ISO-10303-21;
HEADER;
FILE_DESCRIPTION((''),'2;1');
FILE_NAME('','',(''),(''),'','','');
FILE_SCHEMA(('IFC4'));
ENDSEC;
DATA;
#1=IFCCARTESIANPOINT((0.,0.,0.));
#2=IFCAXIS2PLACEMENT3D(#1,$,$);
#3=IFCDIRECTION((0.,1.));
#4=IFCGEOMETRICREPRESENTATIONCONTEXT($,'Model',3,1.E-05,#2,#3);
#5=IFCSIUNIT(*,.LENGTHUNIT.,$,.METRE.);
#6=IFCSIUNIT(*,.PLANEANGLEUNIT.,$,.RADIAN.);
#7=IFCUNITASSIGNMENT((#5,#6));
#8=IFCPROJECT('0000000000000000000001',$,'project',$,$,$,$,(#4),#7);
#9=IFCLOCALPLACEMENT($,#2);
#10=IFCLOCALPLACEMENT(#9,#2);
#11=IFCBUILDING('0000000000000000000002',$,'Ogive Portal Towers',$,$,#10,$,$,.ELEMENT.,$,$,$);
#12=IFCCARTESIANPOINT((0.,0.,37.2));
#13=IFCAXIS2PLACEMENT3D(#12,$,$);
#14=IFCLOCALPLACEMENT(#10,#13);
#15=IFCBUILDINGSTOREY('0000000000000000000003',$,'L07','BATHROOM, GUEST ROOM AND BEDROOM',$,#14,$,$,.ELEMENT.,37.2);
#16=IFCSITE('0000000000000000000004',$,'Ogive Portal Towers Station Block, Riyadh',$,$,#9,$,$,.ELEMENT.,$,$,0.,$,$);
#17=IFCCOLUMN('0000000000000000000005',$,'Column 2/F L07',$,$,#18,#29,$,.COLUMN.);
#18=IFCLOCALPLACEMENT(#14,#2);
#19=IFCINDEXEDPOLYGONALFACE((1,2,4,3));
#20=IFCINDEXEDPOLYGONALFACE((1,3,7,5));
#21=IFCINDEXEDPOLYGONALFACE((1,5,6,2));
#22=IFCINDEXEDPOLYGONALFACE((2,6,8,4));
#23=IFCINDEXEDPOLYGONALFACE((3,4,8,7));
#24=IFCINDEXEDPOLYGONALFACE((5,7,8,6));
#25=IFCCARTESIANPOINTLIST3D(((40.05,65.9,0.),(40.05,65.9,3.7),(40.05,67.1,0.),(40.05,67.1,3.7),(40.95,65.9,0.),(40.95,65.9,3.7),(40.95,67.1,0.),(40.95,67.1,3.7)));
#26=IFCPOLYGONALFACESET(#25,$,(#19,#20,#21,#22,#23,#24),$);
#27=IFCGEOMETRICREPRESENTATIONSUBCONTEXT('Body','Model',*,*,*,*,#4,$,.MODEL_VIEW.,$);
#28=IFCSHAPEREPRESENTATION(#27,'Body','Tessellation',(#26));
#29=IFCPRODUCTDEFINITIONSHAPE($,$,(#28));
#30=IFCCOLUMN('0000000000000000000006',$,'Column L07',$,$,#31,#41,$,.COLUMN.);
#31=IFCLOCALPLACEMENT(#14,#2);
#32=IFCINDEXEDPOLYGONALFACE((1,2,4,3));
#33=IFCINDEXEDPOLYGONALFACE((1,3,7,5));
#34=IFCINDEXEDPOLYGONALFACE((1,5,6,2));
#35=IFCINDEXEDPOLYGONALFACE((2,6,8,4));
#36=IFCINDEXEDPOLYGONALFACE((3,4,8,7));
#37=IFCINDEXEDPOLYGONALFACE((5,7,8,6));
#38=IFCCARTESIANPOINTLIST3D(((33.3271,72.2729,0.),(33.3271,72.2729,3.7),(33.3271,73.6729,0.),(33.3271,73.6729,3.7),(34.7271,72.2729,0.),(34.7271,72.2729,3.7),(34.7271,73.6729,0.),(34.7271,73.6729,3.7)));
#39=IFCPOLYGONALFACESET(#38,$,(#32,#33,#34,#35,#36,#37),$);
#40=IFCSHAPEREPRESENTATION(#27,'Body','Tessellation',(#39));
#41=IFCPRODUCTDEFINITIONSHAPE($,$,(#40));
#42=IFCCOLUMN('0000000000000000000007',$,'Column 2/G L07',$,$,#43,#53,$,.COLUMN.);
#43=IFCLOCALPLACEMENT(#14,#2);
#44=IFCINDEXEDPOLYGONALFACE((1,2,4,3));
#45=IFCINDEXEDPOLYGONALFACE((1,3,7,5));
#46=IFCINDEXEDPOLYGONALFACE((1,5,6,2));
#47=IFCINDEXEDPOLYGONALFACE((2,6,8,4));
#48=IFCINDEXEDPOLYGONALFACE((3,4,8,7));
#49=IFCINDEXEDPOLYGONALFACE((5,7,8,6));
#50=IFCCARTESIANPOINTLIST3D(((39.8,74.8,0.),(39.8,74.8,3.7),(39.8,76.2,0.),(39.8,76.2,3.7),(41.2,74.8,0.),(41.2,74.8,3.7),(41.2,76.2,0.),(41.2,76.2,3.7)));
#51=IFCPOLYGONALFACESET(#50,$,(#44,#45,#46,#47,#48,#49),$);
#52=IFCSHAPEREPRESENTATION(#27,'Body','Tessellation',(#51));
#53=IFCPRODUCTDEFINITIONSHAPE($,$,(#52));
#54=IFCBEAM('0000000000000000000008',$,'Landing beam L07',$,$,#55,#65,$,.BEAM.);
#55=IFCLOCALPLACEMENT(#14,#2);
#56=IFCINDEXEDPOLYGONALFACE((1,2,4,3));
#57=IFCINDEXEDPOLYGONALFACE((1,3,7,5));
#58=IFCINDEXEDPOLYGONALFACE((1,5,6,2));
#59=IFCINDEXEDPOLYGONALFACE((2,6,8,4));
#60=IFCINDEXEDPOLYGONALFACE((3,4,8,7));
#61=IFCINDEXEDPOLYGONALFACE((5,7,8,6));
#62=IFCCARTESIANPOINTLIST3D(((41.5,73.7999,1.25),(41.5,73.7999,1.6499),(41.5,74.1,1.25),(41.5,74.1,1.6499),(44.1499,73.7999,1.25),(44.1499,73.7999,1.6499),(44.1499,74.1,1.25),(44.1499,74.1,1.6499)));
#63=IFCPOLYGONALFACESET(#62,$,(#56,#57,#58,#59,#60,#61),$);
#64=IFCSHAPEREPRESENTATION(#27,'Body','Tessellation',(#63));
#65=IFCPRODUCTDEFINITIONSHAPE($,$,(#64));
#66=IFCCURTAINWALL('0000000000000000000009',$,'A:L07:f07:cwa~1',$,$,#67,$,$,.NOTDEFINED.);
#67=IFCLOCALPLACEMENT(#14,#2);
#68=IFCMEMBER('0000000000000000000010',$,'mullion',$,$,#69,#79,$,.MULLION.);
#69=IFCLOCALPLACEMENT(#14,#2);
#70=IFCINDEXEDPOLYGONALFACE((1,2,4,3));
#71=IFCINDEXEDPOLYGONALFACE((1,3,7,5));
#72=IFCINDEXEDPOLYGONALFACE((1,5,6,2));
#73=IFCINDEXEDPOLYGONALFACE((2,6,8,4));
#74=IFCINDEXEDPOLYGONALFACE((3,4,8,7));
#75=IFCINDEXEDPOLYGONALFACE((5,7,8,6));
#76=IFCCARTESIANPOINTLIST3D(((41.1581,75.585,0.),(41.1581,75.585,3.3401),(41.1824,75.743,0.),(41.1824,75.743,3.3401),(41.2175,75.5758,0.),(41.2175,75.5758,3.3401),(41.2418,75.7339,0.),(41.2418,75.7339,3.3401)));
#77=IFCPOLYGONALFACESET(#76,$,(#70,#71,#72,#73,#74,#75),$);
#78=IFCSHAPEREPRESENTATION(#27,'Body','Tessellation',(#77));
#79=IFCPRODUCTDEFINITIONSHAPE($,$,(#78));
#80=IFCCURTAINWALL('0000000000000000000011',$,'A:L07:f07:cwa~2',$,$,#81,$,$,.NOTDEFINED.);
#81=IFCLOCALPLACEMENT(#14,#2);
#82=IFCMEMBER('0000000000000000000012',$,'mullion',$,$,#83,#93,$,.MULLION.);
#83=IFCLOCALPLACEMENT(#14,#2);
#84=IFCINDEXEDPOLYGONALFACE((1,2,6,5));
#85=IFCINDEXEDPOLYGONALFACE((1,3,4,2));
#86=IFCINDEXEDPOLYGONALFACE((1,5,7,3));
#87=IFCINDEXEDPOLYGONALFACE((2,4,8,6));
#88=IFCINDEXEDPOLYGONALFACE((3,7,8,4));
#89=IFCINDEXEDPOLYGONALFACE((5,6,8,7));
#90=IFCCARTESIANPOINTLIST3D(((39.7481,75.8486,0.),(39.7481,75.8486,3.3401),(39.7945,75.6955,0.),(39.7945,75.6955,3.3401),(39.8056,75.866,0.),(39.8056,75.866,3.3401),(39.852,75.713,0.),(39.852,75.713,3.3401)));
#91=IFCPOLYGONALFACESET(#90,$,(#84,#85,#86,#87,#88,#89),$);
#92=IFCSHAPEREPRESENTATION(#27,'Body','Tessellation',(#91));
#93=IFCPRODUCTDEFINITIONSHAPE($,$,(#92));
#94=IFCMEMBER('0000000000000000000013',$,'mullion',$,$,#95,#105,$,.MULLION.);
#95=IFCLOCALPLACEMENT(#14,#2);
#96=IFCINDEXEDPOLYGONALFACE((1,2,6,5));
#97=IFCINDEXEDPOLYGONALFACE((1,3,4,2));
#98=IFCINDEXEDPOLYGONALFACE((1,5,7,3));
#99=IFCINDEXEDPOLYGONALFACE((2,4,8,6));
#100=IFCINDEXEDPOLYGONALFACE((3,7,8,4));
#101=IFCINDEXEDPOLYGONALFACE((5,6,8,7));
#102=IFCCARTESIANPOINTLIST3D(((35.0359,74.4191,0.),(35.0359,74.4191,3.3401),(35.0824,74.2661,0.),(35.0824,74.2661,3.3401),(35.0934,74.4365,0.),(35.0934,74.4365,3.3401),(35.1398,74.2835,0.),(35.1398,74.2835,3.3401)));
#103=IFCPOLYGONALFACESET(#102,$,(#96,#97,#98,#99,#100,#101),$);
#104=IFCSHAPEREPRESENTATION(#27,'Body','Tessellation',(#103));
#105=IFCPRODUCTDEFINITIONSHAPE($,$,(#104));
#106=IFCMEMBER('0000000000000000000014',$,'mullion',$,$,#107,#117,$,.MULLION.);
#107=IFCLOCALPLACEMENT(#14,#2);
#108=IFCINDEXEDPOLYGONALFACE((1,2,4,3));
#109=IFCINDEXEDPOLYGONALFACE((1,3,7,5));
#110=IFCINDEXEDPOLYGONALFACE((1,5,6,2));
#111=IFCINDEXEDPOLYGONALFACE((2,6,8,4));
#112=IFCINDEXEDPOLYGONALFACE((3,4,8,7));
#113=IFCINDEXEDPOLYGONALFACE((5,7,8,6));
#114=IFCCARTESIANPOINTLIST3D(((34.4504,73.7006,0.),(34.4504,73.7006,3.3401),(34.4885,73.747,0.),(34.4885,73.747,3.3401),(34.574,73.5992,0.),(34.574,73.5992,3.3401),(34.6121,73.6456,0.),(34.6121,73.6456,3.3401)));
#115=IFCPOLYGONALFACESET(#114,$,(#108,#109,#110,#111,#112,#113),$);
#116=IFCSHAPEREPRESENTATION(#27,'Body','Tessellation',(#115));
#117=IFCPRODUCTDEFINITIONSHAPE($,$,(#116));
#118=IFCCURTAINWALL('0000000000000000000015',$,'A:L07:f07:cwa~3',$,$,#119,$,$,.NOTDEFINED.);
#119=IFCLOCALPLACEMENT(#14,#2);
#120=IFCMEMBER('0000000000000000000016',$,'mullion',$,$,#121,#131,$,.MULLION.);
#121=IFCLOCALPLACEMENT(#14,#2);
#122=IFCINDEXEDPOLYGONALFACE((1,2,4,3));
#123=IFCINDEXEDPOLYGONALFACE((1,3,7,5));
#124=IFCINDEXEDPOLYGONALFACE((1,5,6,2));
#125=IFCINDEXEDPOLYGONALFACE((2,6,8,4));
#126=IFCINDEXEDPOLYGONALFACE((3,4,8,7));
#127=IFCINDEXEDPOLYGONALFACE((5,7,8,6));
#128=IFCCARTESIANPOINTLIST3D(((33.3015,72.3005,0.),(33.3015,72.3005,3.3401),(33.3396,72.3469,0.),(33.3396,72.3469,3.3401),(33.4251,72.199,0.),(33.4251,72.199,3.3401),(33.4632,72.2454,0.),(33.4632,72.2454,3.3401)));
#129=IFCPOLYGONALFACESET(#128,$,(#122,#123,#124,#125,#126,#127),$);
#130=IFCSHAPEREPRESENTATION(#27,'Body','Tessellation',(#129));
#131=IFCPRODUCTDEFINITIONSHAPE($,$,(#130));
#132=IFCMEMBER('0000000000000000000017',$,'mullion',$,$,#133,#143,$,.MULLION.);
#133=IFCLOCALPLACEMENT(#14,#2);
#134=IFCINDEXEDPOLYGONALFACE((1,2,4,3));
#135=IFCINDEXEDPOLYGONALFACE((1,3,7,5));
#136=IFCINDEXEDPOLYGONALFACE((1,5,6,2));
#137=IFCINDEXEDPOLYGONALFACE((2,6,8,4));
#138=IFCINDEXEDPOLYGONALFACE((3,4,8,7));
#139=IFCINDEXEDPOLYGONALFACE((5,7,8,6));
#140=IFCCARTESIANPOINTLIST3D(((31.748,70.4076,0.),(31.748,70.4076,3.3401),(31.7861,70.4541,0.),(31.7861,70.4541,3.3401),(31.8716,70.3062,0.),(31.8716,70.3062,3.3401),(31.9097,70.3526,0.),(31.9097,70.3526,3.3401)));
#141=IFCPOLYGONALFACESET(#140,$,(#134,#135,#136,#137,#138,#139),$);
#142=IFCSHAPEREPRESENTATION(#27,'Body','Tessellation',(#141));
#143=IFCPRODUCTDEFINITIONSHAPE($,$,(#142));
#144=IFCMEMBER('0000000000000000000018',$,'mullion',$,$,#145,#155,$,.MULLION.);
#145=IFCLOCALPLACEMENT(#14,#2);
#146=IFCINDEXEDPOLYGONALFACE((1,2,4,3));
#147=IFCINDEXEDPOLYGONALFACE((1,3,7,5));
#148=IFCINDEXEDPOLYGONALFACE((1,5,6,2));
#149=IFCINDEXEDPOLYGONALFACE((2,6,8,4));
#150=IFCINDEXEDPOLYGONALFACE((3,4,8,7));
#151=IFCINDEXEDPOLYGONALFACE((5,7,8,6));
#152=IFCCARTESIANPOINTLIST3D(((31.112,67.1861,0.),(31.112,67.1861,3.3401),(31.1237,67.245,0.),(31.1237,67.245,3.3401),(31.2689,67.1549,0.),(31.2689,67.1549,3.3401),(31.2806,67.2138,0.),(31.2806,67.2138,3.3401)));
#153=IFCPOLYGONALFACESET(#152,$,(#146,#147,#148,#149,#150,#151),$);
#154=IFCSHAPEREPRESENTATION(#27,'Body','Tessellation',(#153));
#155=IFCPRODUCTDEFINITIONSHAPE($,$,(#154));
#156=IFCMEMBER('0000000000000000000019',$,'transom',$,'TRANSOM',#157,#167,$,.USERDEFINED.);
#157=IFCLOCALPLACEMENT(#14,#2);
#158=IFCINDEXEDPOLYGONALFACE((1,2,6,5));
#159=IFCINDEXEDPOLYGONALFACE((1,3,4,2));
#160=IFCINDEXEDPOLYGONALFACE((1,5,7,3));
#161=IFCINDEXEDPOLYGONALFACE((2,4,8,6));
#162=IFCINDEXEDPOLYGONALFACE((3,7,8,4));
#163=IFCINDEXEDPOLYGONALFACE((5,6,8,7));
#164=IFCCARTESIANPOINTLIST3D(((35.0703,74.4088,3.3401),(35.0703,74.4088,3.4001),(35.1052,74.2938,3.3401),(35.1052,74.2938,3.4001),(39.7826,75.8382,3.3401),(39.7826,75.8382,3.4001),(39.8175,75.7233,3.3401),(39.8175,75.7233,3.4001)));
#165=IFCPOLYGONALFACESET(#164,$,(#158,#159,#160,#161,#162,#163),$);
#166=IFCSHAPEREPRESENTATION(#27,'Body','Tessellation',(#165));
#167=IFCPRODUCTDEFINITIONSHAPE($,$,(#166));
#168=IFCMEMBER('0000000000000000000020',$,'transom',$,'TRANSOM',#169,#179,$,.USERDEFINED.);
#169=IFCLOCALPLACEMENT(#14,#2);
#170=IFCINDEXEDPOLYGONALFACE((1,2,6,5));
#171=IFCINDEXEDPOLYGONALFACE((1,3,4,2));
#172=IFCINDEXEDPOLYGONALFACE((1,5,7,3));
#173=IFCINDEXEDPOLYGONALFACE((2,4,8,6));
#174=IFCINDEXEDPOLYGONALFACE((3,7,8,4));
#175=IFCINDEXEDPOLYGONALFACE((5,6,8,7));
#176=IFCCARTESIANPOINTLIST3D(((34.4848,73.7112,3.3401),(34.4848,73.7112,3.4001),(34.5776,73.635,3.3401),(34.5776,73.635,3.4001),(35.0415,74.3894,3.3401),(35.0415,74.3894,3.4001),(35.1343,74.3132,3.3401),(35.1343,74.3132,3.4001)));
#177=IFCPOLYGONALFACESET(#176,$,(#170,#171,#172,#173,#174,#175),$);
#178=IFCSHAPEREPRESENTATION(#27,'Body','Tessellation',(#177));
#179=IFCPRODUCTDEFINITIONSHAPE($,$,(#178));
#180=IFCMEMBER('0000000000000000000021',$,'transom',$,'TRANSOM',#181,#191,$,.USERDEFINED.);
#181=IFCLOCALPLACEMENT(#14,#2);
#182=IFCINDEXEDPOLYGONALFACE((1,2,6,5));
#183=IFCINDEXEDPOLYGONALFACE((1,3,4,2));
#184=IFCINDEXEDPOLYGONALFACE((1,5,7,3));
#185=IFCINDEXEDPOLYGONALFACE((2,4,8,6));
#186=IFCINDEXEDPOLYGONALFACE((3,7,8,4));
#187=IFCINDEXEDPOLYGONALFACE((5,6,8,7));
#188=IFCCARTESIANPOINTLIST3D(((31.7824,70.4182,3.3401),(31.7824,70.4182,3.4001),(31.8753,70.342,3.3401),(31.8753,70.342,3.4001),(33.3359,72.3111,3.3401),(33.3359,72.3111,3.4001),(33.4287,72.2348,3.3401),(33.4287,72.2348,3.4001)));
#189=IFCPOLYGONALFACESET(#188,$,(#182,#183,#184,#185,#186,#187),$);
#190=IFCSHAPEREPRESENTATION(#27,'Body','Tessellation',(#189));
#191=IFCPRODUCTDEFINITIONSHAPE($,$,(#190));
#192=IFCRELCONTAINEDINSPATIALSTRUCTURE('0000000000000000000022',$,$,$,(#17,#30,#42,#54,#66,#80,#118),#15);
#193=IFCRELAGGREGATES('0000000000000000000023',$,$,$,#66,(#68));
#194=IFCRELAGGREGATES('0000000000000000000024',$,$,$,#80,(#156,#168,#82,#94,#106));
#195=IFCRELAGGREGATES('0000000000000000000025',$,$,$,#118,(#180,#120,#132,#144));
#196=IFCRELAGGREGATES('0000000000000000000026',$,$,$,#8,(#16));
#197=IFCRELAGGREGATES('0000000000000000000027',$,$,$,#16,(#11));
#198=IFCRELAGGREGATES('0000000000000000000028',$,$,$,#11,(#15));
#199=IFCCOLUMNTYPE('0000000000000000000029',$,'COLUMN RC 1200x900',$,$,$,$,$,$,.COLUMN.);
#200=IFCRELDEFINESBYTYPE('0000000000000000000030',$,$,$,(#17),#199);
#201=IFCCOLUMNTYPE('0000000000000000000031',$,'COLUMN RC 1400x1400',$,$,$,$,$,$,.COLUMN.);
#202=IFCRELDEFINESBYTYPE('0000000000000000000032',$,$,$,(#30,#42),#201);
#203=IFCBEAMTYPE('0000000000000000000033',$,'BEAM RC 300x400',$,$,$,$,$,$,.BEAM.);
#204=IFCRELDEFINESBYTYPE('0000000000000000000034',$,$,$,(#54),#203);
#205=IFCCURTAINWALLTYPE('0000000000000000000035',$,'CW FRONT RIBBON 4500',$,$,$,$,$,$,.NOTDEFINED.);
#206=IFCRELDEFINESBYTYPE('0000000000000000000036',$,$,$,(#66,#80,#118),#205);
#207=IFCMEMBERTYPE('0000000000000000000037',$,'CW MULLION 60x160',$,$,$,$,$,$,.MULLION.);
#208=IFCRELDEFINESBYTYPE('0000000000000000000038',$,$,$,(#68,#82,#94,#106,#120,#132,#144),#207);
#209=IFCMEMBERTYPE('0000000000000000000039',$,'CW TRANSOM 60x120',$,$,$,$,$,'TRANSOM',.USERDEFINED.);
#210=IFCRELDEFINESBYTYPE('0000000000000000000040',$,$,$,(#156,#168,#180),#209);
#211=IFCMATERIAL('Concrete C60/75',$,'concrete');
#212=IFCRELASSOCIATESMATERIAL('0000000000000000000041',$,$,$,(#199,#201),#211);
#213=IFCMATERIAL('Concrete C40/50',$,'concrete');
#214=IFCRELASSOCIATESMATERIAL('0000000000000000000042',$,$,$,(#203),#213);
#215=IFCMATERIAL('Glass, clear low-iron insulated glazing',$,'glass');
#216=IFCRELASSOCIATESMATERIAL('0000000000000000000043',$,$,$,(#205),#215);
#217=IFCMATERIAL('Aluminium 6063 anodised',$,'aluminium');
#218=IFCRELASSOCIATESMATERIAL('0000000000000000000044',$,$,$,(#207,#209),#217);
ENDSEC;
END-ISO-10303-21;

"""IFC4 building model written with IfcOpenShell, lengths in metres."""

from ifc_helpers import new_model, si_unit, direction, frame, origin, origin_2d, place, context, subcontext, project, spatial, rectangle, extrude, material, material_profile, profile_set, type_object, element, aggregate, save


model = new_model("IFC4")

# Units and contexts
model_context = context("Model", 3, precision=1e-05, world=origin(), true_north=direction((0.0, 1.0)))
body_context = subcontext(model_context, "Body", "Model", "MODEL_VIEW")
ifc_project = project(units=[si_unit("LENGTHUNIT", "METRE"), si_unit("PLANEANGLEUNIT", "RADIAN")], contexts=[model_context])

# Site, building, storey
site_placement = place(None, origin())
site = spatial("IfcSite", under=ifc_project, at=site_placement, Name="Ogive Portal Towers Station Block, Riyadh", CompositionType="ELEMENT", RefElevation=0.0)
building_placement = place(site_placement, origin())
building = spatial("IfcBuilding", under=site, at=building_placement, Name="Ogive Portal Towers", CompositionType="ELEMENT")
storey_placement = place(building_placement, frame((0.0, 0.0, 37.2)))
storey = spatial("IfcBuildingStorey", under=building, at=storey_placement, Name="L07", Description="BATHROOM, GUEST ROOM AND BEDROOM", CompositionType="ELEMENT", Elevation=37.2)

# Columns
ifc_material_1 = material(Name="Concrete C60/75", Category="concrete")
ifc_material_profile_1 = material_profile(ifc_material_1, rectangle(XDim=1.2, YDim=0.8999, at=origin_2d()), Name="RC 1200x900")
ifc_profile_set_1 = profile_set([ifc_material_profile_1], Name="Concrete C60/75")
column_type_1 = type_object("IfcColumnType", Name="COLUMN RC 1200x900", PredefinedType="COLUMN", material=ifc_profile_set_1)
column_placement = place(storey_placement, frame((40.5, 66.5, 0.0), z_axis=(0.0, 0.0, 1.0), x_axis=(0.0, 1.0, 0.0)))
element("IfcColumn", 1, at=column_placement, inside=storey, type_object=column_type_1, Name="Column 2/F L07", PredefinedType="COLUMN", context=body_context, shape_type="SweptSolid", body=[
    extrude(rectangle(XDim=1.2, YDim=0.8999, at=origin_2d()), origin(), (0.0, 0.0, 1.0), 3.7),
])
ifc_material_profile_2 = material_profile(ifc_material_1, rectangle(XDim=1.3999, YDim=1.3999, at=origin_2d()), Name="RC 1400x1400")
ifc_profile_set_2 = profile_set([ifc_material_profile_2], Name="Concrete C60/75")
column_type_2 = type_object("IfcColumnType", Name="COLUMN RC 1400x1400", PredefinedType="COLUMN", material=ifc_profile_set_2)
for number, where, z_axis, x_axis, name in (
    (2, (34.0271, 72.9729, 0.0), (0.0, 0.0, 1.0), (1.0, 0.0, 0.0), "Column L07"),
    (3, (40.5, 75.5, 0.0), (0.0, 0.0, 1.0), (1.0, 0.0, 0.0), "Column 2/G L07"),
):
    element("IfcColumn", number, at=place(storey_placement, frame(where, z_axis=z_axis, x_axis=x_axis)), inside=storey, type_object=column_type_2, Name=name, PredefinedType="COLUMN", context=body_context, shape_type="SweptSolid", body=[
        extrude(rectangle(XDim=1.3999, YDim=1.3999, at=origin_2d()), origin(), (0.0, 0.0, 1.0), 3.7),
    ])

# Beam
ifc_material_2 = material(Name="Concrete C40/50", Category="concrete")
ifc_material_profile_3 = material_profile(ifc_material_2, rectangle(XDim=0.3, YDim=0.3999, at=origin_2d()), Name="RC 300x400")
ifc_profile_set_3 = profile_set([ifc_material_profile_3], Name="Concrete C40/50")
beam_type = type_object("IfcBeamType", Name="BEAM RC 300x400", PredefinedType="BEAM", material=ifc_profile_set_3)
beam_placement = place(storey_placement, frame((41.5, 73.95, 1.45), z_axis=(1.0, 0.0, 0.0), x_axis=(0.0, 1.0, 0.0)))
element("IfcBeam", 4, at=beam_placement, inside=storey, type_object=beam_type, Name="Landing beam L07", PredefinedType="BEAM", context=body_context, shape_type="SweptSolid", body=[
    extrude(rectangle(XDim=0.3, YDim=0.3999, at=origin_2d()), origin(), (0.0, 0.0, 1.0), 2.6499),
])

# Curtain wall, member
ifc_material_3 = material(Name="Glass, clear low-iron insulated glazing", Category="glass")
curtain_wall_type = type_object("IfcCurtainWallType", Name="CW FRONT RIBBON 4500", PredefinedType="NOTDEFINED", material=ifc_material_3)
curtain_wall_1_placement = place(storey_placement, origin())
curtain_wall_1 = element("IfcCurtainWall", 5, at=curtain_wall_1_placement, inside=storey, type_object=curtain_wall_type, Name="A:L07:f07:cwa~1", PredefinedType="NOTDEFINED")
ifc_material_4 = material(Name="Aluminium 6063 anodised", Category="aluminium")
ifc_material_profile_4 = material_profile(ifc_material_4, rectangle(XDim=0.1599, YDim=0.0601, at=origin_2d()), Name="AL 60x160")
ifc_profile_set_4 = profile_set([ifc_material_profile_4], Name="Aluminium 6063 anodised")
member_type_1 = type_object("IfcMemberType", Name="CW MULLION 60x160", PredefinedType="MULLION", material=ifc_profile_set_4)
member_1_placement = place(storey_placement, frame((41.2, 75.6594, 0.0), z_axis=(0.0, 0.0, 1.0), x_axis=(-0.152074, -0.988369, 0.0)))
member_1 = element("IfcMember", 6, at=member_1_placement, type_object=member_type_1, Name="mullion", PredefinedType="MULLION", context=body_context, shape_type="SweptSolid", body=[
    extrude(rectangle(XDim=0.1599, YDim=0.0601, at=origin_2d()), origin(), (0.0, 0.0, 1.0), 3.3401),
])

# Curtain walls, members
curtain_wall_2_placement = place(storey_placement, origin())
curtain_wall_2 = element("IfcCurtainWall", 7, at=curtain_wall_2_placement, inside=storey, type_object=curtain_wall_type, Name="A:L07:f07:cwa~2", PredefinedType="NOTDEFINED")
member_2_placement = place(storey_placement, frame((39.8, 75.7808, 0.0), z_axis=(0.0, 0.0, 1.0), x_axis=(0.290285, -0.95694, 0.0)))
member_2 = element("IfcMember", 8, at=member_2_placement, type_object=member_type_1, Name="mullion", PredefinedType="MULLION", context=body_context, shape_type="SweptSolid", body=[
    extrude(rectangle(XDim=0.1599, YDim=0.0601, at=origin_2d()), origin(), (0.0, 0.0, 1.0), 3.3401),
])
member_3_placement = place(storey_placement, frame((35.0879, 74.3513, 0.0), z_axis=(0.0, 0.0, 1.0), x_axis=(0.290285, -0.95694, 0.0)))
member_3 = element("IfcMember", 9, at=member_3_placement, type_object=member_type_1, Name="mullion", PredefinedType="MULLION", context=body_context, shape_type="SweptSolid", body=[
    extrude(rectangle(XDim=0.1599, YDim=0.0601, at=origin_2d()), origin(), (0.0, 0.0, 1.0), 3.3401),
])
member_4_placement = place(storey_placement, frame((34.5312, 73.6731, 0.0), z_axis=(0.0, 0.0, 1.0), x_axis=(0.77301, -0.634393, 0.0)))
member_4 = element("IfcMember", 10, at=member_4_placement, type_object=member_type_1, Name="mullion", PredefinedType="MULLION", context=body_context, shape_type="SweptSolid", body=[
    extrude(rectangle(XDim=0.1599, YDim=0.0601, at=origin_2d()), origin(), (0.0, 0.0, 1.0), 3.3401),
])
curtain_wall_3_placement = place(storey_placement, origin())
curtain_wall_3 = element("IfcCurtainWall", 11, at=curtain_wall_3_placement, inside=storey, type_object=curtain_wall_type, Name="A:L07:f07:cwa~3", PredefinedType="NOTDEFINED")
member_5_placement = place(storey_placement, frame((33.3823, 72.2729, 0.0), z_axis=(0.0, 0.0, 1.0), x_axis=(0.77301, -0.634393, 0.0)))
member_5 = element("IfcMember", 12, at=member_5_placement, type_object=member_type_1, Name="mullion", PredefinedType="MULLION", context=body_context, shape_type="SweptSolid", body=[
    extrude(rectangle(XDim=0.1599, YDim=0.0601, at=origin_2d()), origin(), (0.0, 0.0, 1.0), 3.3401),
])
member_6_placement = place(storey_placement, frame((31.8289, 70.3801, 0.0), z_axis=(0.0, 0.0, 1.0), x_axis=(0.77301, -0.634393, 0.0)))
member_6 = element("IfcMember", 13, at=member_6_placement, type_object=member_type_1, Name="mullion", PredefinedType="MULLION", context=body_context, shape_type="SweptSolid", body=[
    extrude(rectangle(XDim=0.1599, YDim=0.0601, at=origin_2d()), origin(), (0.0, 0.0, 1.0), 3.3401),
])
member_7_placement = place(storey_placement, frame((31.1963, 67.2, 0.0), z_axis=(0.0, 0.0, 1.0), x_axis=(0.980785, -0.19509, 0.0)))
member_7 = element("IfcMember", 14, at=member_7_placement, type_object=member_type_1, Name="mullion", PredefinedType="MULLION", context=body_context, shape_type="SweptSolid", body=[
    extrude(rectangle(XDim=0.1599, YDim=0.0601, at=origin_2d()), origin(), (0.0, 0.0, 1.0), 3.3401),
])

# Members
ifc_material_profile_5 = material_profile(ifc_material_4, rectangle(XDim=0.1201, YDim=0.0601, at=origin_2d()), Name="AL 120x60")
ifc_profile_set_5 = profile_set([ifc_material_profile_5], Name="Aluminium 6063 anodised")
member_type_2 = type_object("IfcMemberType", Name="CW TRANSOM 60x120", ElementType="TRANSOM", PredefinedType="USERDEFINED", material=ifc_profile_set_5)
member_8_placement = place(storey_placement, frame((39.8, 75.7808, 3.3701), z_axis=(-0.956939, -0.290289, 0.0), x_axis=(0.290289, -0.956939, 0.0)))
member_8 = element("IfcMember", 15, at=member_8_placement, type_object=member_type_2, Name="transom", ObjectType="TRANSOM", PredefinedType="USERDEFINED", context=body_context, shape_type="SweptSolid", body=[
    extrude(rectangle(XDim=0.1201, YDim=0.0601, at=origin_2d()), origin(), (0.0, 0.0, 1.0), 4.9243),
])
member_9_placement = place(storey_placement, frame((35.0879, 74.3513, 3.3701), z_axis=(-0.634419, -0.772989, 0.0), x_axis=(0.772989, -0.634419, 0.0)))
member_9 = element("IfcMember", 16, at=member_9_placement, type_object=member_type_2, Name="transom", ObjectType="TRANSOM", PredefinedType="USERDEFINED", context=body_context, shape_type="SweptSolid", body=[
    extrude(rectangle(XDim=0.1201, YDim=0.0601, at=origin_2d()), origin(), (0.0, 0.0, 1.0), 0.8774),
])
member_10_placement = place(storey_placement, frame((33.3823, 72.2729, 3.3701), z_axis=(-0.63441, -0.772997, 0.0), x_axis=(0.772997, -0.63441, 0.0)))
member_10 = element("IfcMember", 17, at=member_10_placement, type_object=member_type_2, Name="transom", ObjectType="TRANSOM", PredefinedType="USERDEFINED", context=body_context, shape_type="SweptSolid", body=[
    extrude(rectangle(XDim=0.1201, YDim=0.0601, at=origin_2d()), origin(), (0.0, 0.0, 1.0), 2.4487),
])

aggregate(curtain_wall_1, [member_1])
aggregate(curtain_wall_2, [member_8, member_9, member_2, member_3, member_4])
aggregate(curtain_wall_3, [member_10, member_5, member_6, member_7])

save(model, "model.ifc")
